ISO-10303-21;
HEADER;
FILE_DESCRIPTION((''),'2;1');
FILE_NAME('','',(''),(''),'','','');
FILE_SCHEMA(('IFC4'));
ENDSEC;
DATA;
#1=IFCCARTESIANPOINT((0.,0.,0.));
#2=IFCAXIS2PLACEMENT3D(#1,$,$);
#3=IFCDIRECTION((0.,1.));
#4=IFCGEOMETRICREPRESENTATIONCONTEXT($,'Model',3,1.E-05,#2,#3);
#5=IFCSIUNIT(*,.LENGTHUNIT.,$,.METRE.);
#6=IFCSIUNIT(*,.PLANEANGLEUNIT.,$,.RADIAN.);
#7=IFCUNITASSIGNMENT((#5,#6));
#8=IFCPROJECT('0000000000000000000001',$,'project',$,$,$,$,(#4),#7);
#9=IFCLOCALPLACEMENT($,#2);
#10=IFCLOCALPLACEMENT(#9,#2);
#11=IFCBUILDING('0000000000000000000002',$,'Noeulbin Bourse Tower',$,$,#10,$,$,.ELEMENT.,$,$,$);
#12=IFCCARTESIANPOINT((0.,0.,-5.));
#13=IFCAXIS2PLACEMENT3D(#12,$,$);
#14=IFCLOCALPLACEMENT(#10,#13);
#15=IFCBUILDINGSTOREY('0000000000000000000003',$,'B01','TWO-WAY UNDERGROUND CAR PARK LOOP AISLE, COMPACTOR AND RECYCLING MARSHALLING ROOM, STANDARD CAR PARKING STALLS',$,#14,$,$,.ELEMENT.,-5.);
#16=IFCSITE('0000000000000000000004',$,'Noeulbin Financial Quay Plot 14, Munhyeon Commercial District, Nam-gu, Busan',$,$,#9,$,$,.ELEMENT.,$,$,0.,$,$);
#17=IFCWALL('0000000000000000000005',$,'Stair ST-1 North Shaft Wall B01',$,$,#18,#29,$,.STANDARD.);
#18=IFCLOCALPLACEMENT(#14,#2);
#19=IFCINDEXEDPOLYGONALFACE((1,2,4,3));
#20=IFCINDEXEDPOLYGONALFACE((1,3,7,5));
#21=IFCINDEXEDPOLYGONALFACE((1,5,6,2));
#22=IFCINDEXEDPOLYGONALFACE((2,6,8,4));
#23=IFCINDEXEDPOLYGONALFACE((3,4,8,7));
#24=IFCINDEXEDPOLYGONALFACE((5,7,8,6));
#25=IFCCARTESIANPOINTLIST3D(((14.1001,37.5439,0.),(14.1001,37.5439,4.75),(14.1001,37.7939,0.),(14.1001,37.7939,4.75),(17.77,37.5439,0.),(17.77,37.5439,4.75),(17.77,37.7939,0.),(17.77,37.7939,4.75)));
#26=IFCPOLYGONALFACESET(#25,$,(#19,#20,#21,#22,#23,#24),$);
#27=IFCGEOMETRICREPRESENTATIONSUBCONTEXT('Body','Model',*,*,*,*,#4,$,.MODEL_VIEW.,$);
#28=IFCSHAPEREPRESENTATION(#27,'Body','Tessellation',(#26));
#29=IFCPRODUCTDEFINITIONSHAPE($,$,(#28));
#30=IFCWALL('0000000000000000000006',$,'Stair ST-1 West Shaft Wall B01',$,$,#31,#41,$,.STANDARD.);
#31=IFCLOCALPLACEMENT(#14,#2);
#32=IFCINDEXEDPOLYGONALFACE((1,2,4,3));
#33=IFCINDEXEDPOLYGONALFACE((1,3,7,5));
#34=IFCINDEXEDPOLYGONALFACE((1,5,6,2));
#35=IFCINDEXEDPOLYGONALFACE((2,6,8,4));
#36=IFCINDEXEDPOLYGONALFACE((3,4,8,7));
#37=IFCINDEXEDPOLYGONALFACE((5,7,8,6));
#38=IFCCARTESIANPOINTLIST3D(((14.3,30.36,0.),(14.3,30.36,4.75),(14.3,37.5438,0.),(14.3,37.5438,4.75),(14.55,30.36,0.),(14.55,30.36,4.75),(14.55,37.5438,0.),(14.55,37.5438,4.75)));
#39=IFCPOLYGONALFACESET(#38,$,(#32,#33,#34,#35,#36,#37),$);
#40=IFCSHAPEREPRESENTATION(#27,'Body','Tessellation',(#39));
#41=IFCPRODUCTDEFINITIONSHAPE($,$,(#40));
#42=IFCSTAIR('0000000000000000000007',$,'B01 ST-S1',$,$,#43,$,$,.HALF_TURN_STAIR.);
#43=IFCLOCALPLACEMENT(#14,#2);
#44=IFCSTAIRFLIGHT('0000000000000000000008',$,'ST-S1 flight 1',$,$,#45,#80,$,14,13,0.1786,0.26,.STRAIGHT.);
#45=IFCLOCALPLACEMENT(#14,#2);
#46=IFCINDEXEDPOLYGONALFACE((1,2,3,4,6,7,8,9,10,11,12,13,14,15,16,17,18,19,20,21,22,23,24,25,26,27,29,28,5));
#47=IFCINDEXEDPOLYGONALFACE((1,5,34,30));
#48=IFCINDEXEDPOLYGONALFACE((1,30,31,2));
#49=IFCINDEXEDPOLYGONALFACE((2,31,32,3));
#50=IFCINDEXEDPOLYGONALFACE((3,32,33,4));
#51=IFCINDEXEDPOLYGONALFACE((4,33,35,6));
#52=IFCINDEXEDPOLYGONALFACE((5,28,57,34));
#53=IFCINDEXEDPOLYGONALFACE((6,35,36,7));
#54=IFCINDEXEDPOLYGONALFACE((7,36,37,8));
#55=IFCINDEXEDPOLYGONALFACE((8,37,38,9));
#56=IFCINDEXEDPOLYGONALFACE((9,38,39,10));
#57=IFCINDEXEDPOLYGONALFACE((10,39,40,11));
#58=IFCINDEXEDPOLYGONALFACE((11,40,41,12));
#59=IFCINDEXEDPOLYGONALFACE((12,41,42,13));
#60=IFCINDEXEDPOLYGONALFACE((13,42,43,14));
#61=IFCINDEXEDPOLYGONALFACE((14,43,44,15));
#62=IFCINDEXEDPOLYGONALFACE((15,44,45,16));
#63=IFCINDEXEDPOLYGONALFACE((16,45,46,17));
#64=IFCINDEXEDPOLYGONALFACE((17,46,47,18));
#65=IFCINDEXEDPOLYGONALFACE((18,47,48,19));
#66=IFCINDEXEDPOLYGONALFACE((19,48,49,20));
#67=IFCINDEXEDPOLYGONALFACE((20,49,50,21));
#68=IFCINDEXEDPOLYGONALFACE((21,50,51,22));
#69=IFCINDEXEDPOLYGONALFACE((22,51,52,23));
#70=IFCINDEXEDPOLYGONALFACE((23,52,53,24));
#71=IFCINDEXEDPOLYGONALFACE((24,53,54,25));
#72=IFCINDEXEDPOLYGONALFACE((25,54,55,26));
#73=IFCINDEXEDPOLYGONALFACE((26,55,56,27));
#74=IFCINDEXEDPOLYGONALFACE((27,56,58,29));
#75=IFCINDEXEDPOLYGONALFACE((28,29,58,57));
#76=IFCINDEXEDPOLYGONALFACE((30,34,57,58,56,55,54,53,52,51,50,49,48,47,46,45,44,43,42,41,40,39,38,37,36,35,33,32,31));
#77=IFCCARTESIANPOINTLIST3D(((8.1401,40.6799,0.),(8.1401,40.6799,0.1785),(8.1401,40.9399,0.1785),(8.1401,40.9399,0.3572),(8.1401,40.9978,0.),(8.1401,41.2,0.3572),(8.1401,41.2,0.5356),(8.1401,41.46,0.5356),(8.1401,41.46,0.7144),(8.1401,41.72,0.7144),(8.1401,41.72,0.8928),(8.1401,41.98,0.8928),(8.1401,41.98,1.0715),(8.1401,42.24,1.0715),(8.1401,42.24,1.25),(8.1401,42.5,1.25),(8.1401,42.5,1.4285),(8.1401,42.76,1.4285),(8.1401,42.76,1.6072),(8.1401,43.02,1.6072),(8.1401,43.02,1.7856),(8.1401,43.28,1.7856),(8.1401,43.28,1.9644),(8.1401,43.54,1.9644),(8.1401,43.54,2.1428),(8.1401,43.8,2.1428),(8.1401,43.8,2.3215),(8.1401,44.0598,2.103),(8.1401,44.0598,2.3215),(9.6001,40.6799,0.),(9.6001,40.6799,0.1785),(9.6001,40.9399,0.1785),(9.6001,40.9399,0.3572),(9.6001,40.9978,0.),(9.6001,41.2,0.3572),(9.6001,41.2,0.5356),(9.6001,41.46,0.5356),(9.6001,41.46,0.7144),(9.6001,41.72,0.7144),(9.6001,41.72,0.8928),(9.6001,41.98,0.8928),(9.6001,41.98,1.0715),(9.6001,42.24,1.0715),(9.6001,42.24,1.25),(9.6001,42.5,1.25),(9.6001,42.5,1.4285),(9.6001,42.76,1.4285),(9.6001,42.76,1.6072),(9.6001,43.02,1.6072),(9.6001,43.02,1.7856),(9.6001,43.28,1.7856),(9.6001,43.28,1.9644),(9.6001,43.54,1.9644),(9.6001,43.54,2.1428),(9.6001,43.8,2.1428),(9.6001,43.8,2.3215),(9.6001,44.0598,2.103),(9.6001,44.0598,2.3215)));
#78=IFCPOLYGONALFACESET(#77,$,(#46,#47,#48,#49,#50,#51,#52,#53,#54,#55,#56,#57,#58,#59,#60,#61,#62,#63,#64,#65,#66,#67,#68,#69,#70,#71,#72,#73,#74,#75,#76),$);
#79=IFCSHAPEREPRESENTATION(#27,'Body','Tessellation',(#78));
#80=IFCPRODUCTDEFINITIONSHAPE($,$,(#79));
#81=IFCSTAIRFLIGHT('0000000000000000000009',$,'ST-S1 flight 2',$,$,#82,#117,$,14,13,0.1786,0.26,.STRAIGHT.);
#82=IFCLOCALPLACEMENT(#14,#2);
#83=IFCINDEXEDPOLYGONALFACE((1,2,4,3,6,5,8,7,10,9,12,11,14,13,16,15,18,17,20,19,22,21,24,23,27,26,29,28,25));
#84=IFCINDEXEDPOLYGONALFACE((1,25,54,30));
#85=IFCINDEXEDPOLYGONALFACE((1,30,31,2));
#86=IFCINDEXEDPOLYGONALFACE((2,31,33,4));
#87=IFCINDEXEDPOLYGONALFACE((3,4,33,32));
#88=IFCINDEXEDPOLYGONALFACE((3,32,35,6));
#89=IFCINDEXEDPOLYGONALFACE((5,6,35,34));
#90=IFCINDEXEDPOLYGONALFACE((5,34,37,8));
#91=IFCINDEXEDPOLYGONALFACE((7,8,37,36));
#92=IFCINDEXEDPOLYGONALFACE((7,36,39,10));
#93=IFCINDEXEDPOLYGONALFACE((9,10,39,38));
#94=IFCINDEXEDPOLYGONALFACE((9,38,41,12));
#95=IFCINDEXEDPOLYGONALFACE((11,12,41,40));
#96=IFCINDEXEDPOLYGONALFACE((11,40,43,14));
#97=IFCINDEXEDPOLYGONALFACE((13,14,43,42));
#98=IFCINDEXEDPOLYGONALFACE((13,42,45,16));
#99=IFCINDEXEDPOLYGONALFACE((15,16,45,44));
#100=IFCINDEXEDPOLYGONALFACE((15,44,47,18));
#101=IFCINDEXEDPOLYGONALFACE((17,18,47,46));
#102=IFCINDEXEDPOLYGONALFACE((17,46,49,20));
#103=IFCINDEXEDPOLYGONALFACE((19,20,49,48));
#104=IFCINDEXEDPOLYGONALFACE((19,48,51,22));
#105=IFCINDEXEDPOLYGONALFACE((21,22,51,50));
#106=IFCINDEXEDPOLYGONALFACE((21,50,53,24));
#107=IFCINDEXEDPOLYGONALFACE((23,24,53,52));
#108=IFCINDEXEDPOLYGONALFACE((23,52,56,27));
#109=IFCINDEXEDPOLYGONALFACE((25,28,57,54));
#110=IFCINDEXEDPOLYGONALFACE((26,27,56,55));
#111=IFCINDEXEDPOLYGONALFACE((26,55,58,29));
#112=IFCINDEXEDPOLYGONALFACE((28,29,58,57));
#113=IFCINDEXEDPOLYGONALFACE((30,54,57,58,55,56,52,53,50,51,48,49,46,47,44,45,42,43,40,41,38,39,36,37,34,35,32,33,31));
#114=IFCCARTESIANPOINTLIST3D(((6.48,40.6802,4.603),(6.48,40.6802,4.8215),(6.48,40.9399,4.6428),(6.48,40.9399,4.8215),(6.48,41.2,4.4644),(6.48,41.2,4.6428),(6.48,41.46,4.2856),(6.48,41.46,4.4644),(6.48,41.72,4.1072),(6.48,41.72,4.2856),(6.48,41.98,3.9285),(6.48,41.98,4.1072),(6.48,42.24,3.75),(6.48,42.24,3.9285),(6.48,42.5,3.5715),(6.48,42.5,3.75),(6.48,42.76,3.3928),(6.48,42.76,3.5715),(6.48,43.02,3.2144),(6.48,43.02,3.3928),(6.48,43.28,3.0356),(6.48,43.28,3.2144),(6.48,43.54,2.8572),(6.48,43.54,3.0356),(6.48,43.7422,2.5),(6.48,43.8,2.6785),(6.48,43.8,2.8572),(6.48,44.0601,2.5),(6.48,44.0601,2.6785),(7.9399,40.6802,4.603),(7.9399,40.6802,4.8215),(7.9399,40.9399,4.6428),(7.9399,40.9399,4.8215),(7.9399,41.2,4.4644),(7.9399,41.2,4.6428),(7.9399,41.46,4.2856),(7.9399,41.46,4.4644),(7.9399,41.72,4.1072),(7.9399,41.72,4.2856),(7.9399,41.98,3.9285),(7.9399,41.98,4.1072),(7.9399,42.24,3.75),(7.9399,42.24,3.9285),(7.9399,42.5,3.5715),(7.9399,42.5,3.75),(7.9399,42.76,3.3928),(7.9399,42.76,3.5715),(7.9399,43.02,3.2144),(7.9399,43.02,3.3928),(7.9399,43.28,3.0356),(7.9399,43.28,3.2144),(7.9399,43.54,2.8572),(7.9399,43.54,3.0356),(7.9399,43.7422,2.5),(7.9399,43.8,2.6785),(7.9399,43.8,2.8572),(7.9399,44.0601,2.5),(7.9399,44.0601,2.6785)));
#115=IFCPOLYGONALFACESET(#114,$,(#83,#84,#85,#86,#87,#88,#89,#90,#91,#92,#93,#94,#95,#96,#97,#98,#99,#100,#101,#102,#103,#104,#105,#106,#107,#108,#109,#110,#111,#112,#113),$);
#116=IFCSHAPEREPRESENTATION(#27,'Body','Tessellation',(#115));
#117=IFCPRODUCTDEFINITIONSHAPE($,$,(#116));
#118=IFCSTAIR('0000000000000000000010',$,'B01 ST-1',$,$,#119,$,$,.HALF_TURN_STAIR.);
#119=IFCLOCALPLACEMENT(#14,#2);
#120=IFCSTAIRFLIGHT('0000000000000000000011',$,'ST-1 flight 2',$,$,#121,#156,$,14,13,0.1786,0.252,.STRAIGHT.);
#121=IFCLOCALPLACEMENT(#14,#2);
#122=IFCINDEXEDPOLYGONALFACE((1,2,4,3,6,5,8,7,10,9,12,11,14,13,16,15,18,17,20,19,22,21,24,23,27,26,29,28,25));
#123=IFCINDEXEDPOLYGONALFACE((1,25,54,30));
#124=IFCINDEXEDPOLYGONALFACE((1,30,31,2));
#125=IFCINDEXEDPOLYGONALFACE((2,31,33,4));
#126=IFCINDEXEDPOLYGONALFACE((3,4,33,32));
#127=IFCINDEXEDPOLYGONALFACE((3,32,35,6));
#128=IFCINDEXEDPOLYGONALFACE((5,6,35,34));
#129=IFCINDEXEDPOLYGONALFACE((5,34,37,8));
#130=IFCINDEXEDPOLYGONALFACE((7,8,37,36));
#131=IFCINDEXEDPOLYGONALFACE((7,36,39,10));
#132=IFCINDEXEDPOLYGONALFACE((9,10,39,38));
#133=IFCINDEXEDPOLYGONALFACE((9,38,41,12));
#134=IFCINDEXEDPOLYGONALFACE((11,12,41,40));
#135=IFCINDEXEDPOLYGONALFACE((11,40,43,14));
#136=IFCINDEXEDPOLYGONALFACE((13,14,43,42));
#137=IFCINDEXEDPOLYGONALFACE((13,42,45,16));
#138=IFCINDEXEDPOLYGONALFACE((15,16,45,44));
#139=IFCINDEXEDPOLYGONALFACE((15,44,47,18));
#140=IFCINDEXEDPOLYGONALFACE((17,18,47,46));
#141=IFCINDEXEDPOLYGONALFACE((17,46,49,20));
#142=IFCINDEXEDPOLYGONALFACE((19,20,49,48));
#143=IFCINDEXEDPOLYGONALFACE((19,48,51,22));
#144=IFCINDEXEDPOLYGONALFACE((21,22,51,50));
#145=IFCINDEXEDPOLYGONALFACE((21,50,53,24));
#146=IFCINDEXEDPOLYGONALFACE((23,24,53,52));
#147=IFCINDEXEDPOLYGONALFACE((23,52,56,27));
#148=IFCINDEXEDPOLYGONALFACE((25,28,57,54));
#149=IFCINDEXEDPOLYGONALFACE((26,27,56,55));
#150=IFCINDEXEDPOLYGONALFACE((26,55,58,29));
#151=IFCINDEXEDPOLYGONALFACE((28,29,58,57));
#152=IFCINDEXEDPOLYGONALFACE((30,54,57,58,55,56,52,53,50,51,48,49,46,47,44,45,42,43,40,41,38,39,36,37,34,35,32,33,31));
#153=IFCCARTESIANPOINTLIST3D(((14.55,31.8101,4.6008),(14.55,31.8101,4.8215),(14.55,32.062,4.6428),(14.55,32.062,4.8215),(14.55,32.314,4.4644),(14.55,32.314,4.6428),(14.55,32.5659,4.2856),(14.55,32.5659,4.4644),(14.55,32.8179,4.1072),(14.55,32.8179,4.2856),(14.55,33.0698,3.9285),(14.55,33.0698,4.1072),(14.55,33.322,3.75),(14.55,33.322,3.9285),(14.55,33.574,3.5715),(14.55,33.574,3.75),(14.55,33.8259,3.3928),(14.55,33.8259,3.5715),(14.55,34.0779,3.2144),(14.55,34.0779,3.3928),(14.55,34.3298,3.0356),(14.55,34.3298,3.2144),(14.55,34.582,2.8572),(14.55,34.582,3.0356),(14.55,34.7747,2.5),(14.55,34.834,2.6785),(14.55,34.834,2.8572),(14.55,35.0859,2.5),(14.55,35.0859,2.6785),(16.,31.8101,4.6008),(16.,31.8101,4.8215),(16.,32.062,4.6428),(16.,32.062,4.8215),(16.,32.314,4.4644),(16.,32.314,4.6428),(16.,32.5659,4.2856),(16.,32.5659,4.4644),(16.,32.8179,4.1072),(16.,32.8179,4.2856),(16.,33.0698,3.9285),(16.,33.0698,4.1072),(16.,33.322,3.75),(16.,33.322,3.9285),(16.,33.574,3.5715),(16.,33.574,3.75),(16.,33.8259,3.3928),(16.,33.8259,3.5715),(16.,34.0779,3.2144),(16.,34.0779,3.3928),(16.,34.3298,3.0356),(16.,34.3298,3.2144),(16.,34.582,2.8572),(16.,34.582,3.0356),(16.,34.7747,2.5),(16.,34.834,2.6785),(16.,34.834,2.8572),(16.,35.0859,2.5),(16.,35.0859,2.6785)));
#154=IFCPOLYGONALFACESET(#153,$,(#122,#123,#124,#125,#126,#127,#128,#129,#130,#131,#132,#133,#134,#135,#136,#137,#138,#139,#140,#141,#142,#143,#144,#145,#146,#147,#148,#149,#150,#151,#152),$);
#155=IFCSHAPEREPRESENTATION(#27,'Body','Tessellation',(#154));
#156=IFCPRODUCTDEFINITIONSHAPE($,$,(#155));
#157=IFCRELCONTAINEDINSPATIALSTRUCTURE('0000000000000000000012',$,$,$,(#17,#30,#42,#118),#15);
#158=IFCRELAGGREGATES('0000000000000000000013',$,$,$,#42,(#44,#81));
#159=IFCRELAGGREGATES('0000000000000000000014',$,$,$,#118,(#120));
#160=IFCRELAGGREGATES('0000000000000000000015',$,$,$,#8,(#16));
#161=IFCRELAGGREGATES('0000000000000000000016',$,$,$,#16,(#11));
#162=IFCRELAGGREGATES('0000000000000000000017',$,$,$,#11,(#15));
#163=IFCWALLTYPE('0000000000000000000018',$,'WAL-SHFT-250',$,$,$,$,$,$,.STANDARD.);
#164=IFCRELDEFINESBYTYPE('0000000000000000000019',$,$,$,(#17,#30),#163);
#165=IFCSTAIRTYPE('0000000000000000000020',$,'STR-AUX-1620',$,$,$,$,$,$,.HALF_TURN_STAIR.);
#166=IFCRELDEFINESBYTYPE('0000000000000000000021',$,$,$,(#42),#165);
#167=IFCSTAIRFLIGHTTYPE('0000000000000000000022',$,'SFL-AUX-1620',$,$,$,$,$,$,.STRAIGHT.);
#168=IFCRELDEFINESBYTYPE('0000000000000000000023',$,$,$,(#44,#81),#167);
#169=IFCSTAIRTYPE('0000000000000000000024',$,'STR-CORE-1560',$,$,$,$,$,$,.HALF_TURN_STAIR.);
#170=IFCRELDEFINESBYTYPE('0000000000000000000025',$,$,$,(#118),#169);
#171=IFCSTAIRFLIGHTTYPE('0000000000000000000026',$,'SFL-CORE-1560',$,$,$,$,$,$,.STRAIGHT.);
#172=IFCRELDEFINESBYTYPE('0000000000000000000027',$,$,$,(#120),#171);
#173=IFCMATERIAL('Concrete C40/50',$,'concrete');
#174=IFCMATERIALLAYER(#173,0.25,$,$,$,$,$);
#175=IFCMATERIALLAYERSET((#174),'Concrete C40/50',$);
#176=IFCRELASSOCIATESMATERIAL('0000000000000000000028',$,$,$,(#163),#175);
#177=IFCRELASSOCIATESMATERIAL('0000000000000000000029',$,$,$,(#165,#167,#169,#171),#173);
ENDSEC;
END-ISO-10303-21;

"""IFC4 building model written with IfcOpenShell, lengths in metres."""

from ifc_helpers import new_model, si_unit, direction, frame, frame_2d, origin, place, context, subcontext, project, spatial, polyline, rectangle, outline, extrude, material, layer, layer_set, type_object, element, aggregate, save


model = new_model("IFC4")

# Units and contexts
model_context = context("Model", 3, precision=1e-05, world=origin(), true_north=direction((0.0, 1.0)))
body_context = subcontext(model_context, "Body", "Model", "MODEL_VIEW")
ifc_project = project(units=[si_unit("LENGTHUNIT", "METRE"), si_unit("PLANEANGLEUNIT", "RADIAN")], contexts=[model_context])

# Site, building, storey
site_placement = place(None, origin())
site = spatial("IfcSite", under=ifc_project, at=site_placement, Name="Noeulbin Financial Quay Plot 14, Munhyeon Commercial District, Nam-gu, Busan", CompositionType="ELEMENT", RefElevation=0.0)
building_placement = place(site_placement, origin())
building = spatial("IfcBuilding", under=site, at=building_placement, Name="Noeulbin Bourse Tower", CompositionType="ELEMENT")
storey_placement = place(building_placement, frame((0.0, 0.0, -5.0)))
storey = spatial("IfcBuildingStorey", under=building, at=storey_placement, Name="B01", Description="TWO-WAY UNDERGROUND CAR PARK LOOP AISLE, COMPACTOR AND RECYCLING MARSHALLING ROOM, STANDARD CAR PARKING STALLS", CompositionType="ELEMENT", Elevation=-5.0)

# Shared definitions
ifc_material_1 = material(Name="Concrete C40/50", Category="concrete")

# Shared definitions
ifc_layer_1 = layer(ifc_material_1, 0.25)
ifc_layer_set_1 = layer_set([ifc_layer_1], Name="Concrete C40/50")
wall_type_1 = type_object("IfcWallType", Name="WAL-SHFT-250", PredefinedType="STANDARD", material=ifc_layer_set_1)

# Walls
wall_1_placement = place(storey_placement, frame((14.1001, 37.6689, 0.0), z_axis=(0.0, 0.0, 1.0), x_axis=(1.0, 0.0, 0.0)))
element("IfcWall", 1, at=wall_1_placement, inside=storey, type_object=wall_type_1, Name="Stair ST-1 North Shaft Wall B01", PredefinedType="STANDARD", context=body_context, shape_type="SweptSolid", body=[
    extrude(rectangle(XDim=3.6699, YDim=0.25, at=frame_2d((1.835, 0.0))), origin(), (0.0, 0.0, 1.0), 4.75),
])
wall_2_placement = place(storey_placement, frame((14.425, 30.3601, 0.0), z_axis=(0.0, 0.0, 1.0), x_axis=(0.0, 1.0, 0.0)))
element("IfcWall", 2, at=wall_2_placement, inside=storey, type_object=wall_type_1, Name="Stair ST-1 West Shaft Wall B01", PredefinedType="STANDARD", context=body_context, shape_type="SweptSolid", body=[
    extrude(rectangle(XDim=7.1838, YDim=0.25, at=frame_2d((3.5918, 0.0))), origin(), (0.0, 0.0, 1.0), 4.75),
])

# Stair, stair flights
stair_type_1 = type_object("IfcStairType", Name="STR-AUX-1620", PredefinedType="HALF_TURN_STAIR", material=ifc_material_1)
stair_1_placement = place(storey_placement, origin())
stair_1 = element("IfcStair", 3, at=stair_1_placement, inside=storey, type_object=stair_type_1, Name="B01 ST-S1", PredefinedType="HALF_TURN_STAIR")
stair_flight_type_1 = type_object("IfcStairFlightType", Name="SFL-AUX-1620", PredefinedType="STRAIGHT", material=ifc_material_1)
stair_flight_1_placement = place(storey_placement, frame((8.8701, 40.6799, 0.0), z_axis=(0.0, 0.0, 1.0), x_axis=(0.0, 1.0, 0.0)))
stair_flight_1 = element("IfcStairFlight", 4, at=stair_flight_1_placement, type_object=stair_flight_type_1, Name="ST-S1 flight 1", NumberOfRisers=14, NumberOfTreads=13, PredefinedType="STRAIGHT", RiserHeight=0.1786, TreadLength=0.26, context=body_context, shape_type="SweptSolid", body=[
    extrude(outline(polyline([(0.0, 0.0), (0.0, 0.1785), (0.26, 0.1785), (0.26, 0.3572), (0.52, 0.3572), (0.52, 0.5356), (0.78, 0.5356), (0.78, 0.7144), (1.04, 0.7144), (1.04, 0.8928), (1.3, 0.8928), (1.3, 1.0715), (1.5601, 1.0715), (1.5601, 1.25), (1.8201, 1.25), (1.8201, 1.4285), (2.0801, 1.4285), (2.0801, 1.6072), (2.3401, 1.6072), (2.3401, 1.7856), (2.6001, 1.7856), (2.6001, 1.9644), (2.8601, 1.9644), (2.8601, 2.1428), (3.1201, 2.1428), (3.1201, 2.3215), (3.3799, 2.3215), (3.3799, 2.5), (3.3799, 2.103), (0.3179, 0.0), (0.0, 0.0)])), frame((0.0, 0.73, 0.0), z_axis=(0.0, -1.0, 0.0), x_axis=(1.0, 0.0, 0.0)), (0.0, 0.0, 1.0), 1.46),
])
stair_flight_2_placement = place(storey_placement, frame((7.21, 44.0601, 2.5), z_axis=(0.0, 0.0, 1.0), x_axis=(0.0, -1.0, 0.0)))
stair_flight_2 = element("IfcStairFlight", 5, at=stair_flight_2_placement, type_object=stair_flight_type_1, Name="ST-S1 flight 2", NumberOfRisers=14, NumberOfTreads=13, PredefinedType="STRAIGHT", RiserHeight=0.1786, TreadLength=0.26, context=body_context, shape_type="SweptSolid", body=[
    extrude(outline(polyline([(0.0, 0.0), (0.0, 0.1785), (0.26, 0.1785), (0.26, 0.3572), (0.52, 0.3572), (0.52, 0.5356), (0.78, 0.5356), (0.78, 0.7144), (1.04, 0.7144), (1.04, 0.8928), (1.3, 0.8928), (1.3, 1.0715), (1.5601, 1.0715), (1.5601, 1.25), (1.8201, 1.25), (1.8201, 1.4285), (2.0801, 1.4285), (2.0801, 1.6072), (2.3401, 1.6072), (2.3401, 1.7856), (2.6001, 1.7856), (2.6001, 1.9644), (2.8601, 1.9644), (2.8601, 2.1428), (3.1201, 2.1428), (3.1201, 2.3215), (3.3799, 2.3215), (3.3799, 2.5), (3.3799, 2.103), (0.3179, 0.0), (0.0, 0.0)])), frame((0.0, 0.73, 0.0), z_axis=(0.0, -1.0, 0.0), x_axis=(1.0, 0.0, 0.0)), (0.0, 0.0, 1.0), 1.46),
])
aggregate(stair_1, [stair_flight_1, stair_flight_2])

# Stair, stair flight
stair_type_2 = type_object("IfcStairType", Name="STR-CORE-1560", PredefinedType="HALF_TURN_STAIR", material=ifc_material_1)
stair_2_placement = place(storey_placement, origin())
stair_2 = element("IfcStair", 6, at=stair_2_placement, inside=storey, type_object=stair_type_2, Name="B01 ST-1", PredefinedType="HALF_TURN_STAIR")
stair_flight_type_2 = type_object("IfcStairFlightType", Name="SFL-CORE-1560", PredefinedType="STRAIGHT", material=ifc_material_1)
stair_flight_3_placement = place(storey_placement, frame((15.2749, 35.0859, 2.5), z_axis=(0.0, 0.0, 1.0), x_axis=(0.0, -1.0, 0.0)))
stair_flight_3 = element("IfcStairFlight", 7, at=stair_flight_3_placement, type_object=stair_flight_type_2, Name="ST-1 flight 2", NumberOfRisers=14, NumberOfTreads=13, PredefinedType="STRAIGHT", RiserHeight=0.1786, TreadLength=0.252, context=body_context, shape_type="SweptSolid", body=[
    extrude(outline(polyline([(0.0, 0.0), (0.0, 0.1785), (0.252, 0.1785), (0.252, 0.3572), (0.5039, 0.3572), (0.5039, 0.5356), (0.7561, 0.5356), (0.7561, 0.7144), (1.0081, 0.7144), (1.0081, 0.8928), (1.26, 0.8928), (1.26, 1.0715), (1.512, 1.0715), (1.512, 1.25), (1.7639, 1.25), (1.7639, 1.4285), (2.0161, 1.4285), (2.0161, 1.6072), (2.2681, 1.6072), (2.2681, 1.7856), (2.52, 1.7856), (2.52, 1.9644), (2.772, 1.9644), (2.772, 2.1428), (3.0239, 2.1428), (3.0239, 2.3215), (3.2759, 2.3215), (3.2759, 2.5), (3.2759, 2.1008), (0.3113, 0.0), (0.0, 0.0)])), frame((0.0, 0.7251, 0.0), z_axis=(0.0, -1.0, 0.0), x_axis=(1.0, 0.0, 0.0)), (0.0, 0.0, 1.0), 1.45),
])
aggregate(stair_2, [stair_flight_3])

save(model, "model.ifc")
